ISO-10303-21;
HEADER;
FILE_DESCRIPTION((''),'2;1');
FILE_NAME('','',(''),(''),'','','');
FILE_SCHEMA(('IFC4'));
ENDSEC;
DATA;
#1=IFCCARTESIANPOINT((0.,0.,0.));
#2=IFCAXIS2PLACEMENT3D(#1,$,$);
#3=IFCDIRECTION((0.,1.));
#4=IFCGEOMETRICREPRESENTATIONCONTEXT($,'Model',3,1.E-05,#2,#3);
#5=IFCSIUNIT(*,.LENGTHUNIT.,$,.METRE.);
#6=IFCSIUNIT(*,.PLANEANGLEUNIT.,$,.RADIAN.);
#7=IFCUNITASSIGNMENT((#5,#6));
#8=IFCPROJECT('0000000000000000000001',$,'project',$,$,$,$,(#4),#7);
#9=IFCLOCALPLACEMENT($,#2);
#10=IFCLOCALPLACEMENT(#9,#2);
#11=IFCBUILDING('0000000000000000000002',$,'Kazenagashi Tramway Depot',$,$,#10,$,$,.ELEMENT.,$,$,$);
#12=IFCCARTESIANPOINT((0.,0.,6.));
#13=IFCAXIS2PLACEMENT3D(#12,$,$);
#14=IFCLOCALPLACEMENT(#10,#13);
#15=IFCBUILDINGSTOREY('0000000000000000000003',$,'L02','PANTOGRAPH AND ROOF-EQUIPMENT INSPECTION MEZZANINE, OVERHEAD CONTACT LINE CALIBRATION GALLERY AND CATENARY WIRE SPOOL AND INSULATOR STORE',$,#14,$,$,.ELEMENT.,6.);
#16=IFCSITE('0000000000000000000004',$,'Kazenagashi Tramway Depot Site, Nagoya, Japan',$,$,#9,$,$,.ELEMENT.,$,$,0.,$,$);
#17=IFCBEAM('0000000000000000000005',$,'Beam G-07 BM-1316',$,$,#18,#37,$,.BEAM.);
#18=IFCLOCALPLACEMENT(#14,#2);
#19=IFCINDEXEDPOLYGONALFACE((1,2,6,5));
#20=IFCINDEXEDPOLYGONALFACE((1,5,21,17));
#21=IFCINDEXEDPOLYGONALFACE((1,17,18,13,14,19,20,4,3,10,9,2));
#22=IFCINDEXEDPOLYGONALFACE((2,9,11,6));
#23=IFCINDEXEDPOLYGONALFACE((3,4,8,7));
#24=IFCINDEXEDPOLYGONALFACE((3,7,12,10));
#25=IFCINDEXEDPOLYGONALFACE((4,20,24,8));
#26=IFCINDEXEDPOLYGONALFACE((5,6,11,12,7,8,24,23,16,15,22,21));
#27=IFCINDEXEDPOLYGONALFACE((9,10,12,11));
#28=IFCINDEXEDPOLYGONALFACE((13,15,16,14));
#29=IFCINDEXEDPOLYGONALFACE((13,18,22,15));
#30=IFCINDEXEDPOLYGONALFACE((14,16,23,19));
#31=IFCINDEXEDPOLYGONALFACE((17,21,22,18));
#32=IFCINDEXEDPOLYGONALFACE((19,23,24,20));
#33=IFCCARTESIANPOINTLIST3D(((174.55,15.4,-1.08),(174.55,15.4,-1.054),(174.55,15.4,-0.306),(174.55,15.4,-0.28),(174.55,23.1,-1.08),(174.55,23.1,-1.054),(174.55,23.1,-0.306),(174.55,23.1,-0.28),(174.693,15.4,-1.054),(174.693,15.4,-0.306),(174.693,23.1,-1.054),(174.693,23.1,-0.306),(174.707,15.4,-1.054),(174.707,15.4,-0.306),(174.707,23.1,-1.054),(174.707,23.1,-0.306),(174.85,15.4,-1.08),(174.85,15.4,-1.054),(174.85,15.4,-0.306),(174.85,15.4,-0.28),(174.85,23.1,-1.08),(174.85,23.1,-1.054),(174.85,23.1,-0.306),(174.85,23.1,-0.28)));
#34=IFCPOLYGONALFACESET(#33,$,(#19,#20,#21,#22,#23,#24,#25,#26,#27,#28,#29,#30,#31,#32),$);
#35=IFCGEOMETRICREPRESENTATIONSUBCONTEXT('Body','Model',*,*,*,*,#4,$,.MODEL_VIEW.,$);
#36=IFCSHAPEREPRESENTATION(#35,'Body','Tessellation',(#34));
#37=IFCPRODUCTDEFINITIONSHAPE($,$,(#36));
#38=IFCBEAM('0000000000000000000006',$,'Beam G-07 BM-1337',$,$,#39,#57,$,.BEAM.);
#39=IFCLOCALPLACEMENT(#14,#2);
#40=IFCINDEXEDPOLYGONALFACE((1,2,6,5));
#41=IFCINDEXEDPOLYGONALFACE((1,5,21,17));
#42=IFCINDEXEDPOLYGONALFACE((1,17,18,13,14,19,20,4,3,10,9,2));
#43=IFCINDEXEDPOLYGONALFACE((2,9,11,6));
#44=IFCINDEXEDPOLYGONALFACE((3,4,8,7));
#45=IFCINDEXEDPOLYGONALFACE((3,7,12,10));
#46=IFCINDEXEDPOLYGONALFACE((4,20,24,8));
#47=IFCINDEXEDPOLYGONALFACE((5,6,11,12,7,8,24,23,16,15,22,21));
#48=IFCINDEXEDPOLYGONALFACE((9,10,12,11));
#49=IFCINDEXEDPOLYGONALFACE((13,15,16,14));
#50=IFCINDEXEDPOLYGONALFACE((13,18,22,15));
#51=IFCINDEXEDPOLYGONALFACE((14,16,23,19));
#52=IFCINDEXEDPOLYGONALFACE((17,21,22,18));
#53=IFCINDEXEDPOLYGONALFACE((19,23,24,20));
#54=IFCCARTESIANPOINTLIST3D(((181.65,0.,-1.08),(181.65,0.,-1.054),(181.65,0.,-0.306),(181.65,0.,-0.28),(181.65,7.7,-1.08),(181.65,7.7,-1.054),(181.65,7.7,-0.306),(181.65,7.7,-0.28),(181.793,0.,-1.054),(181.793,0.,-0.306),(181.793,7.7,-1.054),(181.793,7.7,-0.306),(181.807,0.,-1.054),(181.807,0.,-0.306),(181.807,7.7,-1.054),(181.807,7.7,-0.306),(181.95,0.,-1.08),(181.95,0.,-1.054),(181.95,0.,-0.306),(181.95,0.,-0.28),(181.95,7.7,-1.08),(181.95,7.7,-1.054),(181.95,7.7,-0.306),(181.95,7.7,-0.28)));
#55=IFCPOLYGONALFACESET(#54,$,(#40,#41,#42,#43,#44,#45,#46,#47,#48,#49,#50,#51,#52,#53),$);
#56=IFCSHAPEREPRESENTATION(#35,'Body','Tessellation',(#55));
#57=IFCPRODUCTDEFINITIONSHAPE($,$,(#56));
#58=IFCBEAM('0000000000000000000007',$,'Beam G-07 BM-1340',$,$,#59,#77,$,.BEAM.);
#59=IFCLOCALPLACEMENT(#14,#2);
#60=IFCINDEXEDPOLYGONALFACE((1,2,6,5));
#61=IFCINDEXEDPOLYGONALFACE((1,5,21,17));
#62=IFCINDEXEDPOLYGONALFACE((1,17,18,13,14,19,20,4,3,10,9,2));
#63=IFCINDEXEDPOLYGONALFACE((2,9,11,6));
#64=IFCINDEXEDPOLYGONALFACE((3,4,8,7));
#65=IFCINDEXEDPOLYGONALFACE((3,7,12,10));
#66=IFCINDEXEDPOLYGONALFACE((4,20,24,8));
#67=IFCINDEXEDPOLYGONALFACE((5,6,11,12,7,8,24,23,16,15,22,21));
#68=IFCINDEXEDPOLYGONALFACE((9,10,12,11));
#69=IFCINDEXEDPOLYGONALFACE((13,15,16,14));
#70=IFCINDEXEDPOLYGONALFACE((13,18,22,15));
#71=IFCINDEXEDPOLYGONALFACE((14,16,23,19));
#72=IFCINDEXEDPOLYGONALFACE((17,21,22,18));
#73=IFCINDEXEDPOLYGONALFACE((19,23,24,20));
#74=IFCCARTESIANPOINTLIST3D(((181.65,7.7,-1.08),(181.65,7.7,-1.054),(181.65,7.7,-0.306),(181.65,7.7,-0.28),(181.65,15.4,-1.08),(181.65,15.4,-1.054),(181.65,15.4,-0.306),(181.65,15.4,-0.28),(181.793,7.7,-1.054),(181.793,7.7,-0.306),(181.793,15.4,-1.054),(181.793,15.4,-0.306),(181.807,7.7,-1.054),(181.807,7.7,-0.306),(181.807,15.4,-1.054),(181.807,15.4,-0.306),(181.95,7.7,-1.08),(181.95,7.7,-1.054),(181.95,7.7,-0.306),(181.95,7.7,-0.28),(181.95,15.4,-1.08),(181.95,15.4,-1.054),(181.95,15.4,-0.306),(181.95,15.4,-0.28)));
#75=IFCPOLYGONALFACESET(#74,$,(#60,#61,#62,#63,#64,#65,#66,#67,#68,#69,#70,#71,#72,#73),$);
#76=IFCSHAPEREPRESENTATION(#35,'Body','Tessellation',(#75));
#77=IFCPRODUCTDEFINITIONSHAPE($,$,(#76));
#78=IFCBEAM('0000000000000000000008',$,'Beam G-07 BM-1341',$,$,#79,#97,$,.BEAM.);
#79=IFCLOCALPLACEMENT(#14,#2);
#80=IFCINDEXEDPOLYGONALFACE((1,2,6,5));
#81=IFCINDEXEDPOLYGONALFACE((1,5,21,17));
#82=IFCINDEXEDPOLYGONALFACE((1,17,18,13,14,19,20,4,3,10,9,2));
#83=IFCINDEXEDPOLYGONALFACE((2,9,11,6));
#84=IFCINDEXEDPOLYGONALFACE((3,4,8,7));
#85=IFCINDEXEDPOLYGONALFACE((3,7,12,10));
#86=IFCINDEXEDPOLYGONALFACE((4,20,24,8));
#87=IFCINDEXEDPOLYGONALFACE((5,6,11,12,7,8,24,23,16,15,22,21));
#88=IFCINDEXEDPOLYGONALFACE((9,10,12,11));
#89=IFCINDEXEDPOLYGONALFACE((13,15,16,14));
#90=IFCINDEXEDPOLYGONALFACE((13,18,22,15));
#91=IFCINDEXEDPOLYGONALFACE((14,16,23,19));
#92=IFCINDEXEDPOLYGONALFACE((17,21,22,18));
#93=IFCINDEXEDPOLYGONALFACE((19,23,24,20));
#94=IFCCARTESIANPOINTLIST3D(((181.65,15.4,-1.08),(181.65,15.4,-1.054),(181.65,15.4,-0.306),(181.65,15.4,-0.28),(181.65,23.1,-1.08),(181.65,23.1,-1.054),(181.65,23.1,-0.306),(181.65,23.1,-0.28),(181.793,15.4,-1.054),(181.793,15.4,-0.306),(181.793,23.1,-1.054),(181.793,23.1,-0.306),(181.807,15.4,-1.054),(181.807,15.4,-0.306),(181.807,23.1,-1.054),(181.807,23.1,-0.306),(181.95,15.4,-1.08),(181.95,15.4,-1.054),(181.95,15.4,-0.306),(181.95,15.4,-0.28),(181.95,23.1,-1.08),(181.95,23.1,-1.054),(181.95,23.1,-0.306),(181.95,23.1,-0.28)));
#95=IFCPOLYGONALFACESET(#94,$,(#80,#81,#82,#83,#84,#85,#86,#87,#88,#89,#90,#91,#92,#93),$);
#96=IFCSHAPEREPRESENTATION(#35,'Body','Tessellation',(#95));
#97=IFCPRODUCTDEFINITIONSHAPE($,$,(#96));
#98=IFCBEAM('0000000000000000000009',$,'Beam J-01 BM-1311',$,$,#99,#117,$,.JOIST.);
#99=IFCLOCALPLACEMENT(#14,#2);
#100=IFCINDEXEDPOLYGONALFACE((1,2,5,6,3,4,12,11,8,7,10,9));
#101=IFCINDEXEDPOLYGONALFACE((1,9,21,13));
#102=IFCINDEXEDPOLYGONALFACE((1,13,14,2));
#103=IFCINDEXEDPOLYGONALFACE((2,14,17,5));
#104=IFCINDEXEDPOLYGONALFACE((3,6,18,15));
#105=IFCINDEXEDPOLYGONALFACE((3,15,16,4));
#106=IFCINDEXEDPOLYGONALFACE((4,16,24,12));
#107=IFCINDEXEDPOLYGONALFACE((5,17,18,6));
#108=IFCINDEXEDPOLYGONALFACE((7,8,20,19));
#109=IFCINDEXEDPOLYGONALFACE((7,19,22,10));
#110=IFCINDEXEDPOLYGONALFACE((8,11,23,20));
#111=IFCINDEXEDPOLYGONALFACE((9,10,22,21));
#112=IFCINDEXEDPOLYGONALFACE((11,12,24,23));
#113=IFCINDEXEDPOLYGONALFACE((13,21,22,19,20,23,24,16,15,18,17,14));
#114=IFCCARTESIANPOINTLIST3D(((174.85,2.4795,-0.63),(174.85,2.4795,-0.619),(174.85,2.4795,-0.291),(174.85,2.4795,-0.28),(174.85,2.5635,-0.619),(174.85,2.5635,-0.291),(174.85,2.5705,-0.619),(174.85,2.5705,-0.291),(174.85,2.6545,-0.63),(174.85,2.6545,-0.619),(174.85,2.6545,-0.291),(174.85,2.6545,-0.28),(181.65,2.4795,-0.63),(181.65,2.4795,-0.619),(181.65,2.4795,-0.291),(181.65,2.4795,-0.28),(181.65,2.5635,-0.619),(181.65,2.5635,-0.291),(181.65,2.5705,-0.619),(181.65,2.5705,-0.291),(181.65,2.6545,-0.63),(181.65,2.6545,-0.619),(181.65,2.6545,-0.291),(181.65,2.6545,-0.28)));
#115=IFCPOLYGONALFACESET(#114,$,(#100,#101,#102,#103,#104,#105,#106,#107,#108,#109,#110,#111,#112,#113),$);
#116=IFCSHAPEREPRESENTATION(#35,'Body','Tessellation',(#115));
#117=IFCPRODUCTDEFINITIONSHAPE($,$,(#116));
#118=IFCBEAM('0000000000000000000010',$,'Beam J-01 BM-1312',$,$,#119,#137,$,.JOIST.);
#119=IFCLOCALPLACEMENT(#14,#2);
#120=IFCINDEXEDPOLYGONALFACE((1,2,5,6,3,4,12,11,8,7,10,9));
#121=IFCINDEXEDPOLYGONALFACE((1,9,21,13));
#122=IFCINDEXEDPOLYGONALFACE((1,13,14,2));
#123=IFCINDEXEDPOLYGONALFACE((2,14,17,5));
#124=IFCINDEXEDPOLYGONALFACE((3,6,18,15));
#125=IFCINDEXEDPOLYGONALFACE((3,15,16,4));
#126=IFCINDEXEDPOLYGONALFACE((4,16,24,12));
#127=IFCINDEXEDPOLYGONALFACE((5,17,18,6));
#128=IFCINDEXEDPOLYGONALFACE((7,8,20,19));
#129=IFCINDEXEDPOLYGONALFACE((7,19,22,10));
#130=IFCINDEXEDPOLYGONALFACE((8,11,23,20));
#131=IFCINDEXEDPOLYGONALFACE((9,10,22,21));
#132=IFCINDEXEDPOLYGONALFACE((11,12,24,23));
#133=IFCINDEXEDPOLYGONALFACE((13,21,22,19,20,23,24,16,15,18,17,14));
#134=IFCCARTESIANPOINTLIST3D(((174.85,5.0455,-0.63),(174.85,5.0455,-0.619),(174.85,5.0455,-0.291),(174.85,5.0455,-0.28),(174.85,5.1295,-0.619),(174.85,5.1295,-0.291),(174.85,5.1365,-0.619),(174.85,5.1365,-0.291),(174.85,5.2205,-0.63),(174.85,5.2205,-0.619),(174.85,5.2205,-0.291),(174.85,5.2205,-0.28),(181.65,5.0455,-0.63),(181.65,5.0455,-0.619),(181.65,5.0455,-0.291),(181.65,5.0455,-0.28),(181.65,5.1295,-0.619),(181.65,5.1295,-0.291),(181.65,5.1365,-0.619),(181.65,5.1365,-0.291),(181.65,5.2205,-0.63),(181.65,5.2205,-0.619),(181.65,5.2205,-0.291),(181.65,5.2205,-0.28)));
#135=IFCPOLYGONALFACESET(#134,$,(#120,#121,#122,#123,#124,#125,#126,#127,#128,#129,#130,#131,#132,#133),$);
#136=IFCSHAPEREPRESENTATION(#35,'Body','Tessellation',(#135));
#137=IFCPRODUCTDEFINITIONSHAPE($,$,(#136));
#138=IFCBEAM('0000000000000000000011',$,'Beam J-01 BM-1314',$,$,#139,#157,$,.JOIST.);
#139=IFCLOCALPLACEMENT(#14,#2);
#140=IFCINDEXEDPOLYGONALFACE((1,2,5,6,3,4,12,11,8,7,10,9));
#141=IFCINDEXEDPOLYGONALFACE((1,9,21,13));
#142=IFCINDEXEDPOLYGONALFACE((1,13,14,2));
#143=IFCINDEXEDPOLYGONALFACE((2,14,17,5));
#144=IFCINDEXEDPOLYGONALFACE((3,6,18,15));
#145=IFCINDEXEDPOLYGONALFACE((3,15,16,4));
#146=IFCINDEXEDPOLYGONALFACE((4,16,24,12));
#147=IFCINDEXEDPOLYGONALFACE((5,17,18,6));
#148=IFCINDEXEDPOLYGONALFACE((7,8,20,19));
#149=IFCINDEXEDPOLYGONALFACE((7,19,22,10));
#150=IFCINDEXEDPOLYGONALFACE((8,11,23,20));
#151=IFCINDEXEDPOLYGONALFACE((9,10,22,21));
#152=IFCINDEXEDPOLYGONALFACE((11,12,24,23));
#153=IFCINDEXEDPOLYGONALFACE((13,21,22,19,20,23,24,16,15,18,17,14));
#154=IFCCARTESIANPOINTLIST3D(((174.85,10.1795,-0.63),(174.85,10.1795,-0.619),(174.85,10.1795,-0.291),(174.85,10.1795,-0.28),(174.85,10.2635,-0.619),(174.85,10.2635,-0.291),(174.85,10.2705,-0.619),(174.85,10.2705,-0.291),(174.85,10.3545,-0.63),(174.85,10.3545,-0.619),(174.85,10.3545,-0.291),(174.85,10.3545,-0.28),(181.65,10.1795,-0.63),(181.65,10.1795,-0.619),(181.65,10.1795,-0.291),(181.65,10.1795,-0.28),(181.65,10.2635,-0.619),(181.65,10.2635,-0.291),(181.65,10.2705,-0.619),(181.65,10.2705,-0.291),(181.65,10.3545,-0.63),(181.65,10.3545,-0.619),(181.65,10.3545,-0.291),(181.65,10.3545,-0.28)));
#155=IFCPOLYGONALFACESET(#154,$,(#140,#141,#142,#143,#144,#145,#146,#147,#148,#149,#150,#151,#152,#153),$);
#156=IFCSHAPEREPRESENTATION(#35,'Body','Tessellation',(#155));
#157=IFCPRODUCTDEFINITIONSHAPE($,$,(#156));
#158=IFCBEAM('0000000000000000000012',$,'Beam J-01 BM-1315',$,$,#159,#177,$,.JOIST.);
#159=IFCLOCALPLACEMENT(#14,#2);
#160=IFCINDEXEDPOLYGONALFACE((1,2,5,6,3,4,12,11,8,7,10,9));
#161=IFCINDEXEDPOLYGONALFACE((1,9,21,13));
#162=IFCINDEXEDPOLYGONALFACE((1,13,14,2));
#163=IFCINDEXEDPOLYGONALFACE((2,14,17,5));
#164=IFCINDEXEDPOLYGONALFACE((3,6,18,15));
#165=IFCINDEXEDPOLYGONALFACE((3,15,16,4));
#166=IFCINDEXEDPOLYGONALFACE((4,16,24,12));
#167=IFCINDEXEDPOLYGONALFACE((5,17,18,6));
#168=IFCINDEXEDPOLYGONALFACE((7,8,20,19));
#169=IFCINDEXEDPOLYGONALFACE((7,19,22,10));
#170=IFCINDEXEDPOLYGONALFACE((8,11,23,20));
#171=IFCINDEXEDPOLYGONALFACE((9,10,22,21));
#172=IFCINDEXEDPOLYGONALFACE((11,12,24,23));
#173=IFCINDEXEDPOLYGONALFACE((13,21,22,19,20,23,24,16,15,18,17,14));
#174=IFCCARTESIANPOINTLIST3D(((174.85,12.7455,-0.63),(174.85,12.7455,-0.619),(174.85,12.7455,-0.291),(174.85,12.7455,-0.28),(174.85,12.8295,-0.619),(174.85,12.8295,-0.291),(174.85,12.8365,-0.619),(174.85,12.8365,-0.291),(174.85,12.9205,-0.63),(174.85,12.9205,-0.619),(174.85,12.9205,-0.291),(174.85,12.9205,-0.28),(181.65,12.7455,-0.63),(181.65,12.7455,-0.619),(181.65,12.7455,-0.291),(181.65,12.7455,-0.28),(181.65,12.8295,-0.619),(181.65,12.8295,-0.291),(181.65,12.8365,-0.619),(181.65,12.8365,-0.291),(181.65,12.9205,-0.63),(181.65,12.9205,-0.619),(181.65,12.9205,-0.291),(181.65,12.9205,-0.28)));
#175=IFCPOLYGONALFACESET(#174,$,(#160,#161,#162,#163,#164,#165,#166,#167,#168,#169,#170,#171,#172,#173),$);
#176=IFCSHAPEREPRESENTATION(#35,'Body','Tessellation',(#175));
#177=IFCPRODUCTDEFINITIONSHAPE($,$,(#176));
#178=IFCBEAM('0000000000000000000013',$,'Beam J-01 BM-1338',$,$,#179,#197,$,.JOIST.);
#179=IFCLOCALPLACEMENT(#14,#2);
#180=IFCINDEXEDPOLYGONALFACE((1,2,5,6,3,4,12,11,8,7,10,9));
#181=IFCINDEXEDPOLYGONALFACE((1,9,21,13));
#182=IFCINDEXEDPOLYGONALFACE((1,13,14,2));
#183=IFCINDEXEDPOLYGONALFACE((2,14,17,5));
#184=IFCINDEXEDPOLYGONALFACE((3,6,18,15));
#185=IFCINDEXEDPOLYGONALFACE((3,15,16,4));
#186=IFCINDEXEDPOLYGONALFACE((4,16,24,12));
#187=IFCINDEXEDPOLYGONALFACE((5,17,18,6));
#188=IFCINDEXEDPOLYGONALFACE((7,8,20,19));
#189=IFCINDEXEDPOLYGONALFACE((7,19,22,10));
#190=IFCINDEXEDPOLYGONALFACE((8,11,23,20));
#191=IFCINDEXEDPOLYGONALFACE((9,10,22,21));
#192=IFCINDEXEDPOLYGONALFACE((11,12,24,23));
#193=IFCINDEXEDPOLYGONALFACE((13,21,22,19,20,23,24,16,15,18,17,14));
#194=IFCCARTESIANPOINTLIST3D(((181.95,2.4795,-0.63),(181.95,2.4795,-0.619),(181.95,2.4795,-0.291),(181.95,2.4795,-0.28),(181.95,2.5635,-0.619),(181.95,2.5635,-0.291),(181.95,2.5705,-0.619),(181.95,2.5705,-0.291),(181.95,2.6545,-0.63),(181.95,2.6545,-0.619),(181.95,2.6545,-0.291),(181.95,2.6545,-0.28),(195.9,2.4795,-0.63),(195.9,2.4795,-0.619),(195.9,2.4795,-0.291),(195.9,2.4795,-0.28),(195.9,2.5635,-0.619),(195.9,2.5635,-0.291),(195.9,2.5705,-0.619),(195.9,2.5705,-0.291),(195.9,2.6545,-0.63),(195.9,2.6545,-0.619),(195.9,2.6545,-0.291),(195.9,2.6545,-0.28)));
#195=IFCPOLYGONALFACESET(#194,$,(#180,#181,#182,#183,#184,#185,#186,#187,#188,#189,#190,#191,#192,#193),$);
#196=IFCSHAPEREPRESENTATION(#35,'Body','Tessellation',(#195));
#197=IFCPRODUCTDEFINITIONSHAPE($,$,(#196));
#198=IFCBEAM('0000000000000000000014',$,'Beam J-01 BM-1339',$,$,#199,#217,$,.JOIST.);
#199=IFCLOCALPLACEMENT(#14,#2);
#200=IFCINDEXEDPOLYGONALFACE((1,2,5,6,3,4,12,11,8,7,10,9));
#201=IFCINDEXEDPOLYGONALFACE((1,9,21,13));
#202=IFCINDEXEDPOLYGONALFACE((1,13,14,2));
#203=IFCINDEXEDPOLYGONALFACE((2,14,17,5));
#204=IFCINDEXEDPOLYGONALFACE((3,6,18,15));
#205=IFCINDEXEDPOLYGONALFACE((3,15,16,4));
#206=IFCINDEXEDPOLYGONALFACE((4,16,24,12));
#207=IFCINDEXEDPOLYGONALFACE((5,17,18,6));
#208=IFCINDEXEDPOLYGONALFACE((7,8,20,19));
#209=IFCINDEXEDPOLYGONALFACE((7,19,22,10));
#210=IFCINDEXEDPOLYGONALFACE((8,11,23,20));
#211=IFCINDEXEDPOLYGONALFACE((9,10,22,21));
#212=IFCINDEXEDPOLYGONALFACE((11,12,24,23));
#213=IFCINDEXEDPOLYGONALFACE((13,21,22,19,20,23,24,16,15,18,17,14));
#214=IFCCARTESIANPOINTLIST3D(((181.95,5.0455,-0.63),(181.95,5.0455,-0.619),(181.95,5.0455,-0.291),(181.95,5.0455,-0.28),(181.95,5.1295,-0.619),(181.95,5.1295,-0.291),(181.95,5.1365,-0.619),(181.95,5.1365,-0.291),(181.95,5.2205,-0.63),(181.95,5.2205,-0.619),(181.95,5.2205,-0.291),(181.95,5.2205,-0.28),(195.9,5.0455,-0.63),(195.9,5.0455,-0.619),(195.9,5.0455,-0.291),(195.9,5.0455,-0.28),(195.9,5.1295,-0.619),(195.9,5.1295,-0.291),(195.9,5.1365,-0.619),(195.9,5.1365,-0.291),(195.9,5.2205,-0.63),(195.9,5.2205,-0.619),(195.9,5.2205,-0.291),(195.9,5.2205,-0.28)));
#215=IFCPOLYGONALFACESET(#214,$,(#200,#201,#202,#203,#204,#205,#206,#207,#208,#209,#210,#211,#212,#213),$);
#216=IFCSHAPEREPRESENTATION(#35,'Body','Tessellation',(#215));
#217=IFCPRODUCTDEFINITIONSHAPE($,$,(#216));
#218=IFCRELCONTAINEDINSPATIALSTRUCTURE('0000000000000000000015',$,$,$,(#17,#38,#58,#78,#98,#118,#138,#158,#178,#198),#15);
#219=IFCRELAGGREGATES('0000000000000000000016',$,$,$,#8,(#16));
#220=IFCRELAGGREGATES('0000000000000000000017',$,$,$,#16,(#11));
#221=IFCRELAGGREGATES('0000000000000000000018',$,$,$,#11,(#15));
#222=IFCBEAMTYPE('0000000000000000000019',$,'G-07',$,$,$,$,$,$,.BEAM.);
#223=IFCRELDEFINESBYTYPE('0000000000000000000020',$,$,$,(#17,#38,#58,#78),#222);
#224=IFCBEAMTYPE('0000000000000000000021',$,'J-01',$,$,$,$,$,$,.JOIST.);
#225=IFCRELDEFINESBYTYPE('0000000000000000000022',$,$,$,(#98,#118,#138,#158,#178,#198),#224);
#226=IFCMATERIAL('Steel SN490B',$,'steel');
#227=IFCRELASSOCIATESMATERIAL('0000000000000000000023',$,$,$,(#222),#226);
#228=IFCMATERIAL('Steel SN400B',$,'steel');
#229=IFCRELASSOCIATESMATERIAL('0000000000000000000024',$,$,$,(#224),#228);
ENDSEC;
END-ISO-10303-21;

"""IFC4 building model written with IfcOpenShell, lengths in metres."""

from ifc_helpers import new_model, si_unit, direction, frame, origin, origin_2d, place, context, subcontext, project, spatial, i_section, extrude, material, material_profile, profile_set, type_object, element, save


model = new_model("IFC4")

# Units and contexts
model_context = context("Model", 3, precision=1e-05, world=origin(), true_north=direction((0.0, 1.0)))
body_context = subcontext(model_context, "Body", "Model", "MODEL_VIEW")
ifc_project = project(units=[si_unit("LENGTHUNIT", "METRE"), si_unit("PLANEANGLEUNIT", "RADIAN")], contexts=[model_context])

# Site, building, storey
site_placement = place(None, origin())
site = spatial("IfcSite", under=ifc_project, at=site_placement, Name="Kazenagashi Tramway Depot Site, Nagoya, Japan", CompositionType="ELEMENT", RefElevation=0.0)
building_placement = place(site_placement, origin())
building = spatial("IfcBuilding", under=site, at=building_placement, Name="Kazenagashi Tramway Depot", CompositionType="ELEMENT")
storey_placement = place(building_placement, frame((0.0, 0.0, 6.0)))
storey = spatial("IfcBuildingStorey", under=building, at=storey_placement, Name="L02", Description="PANTOGRAPH AND ROOF-EQUIPMENT INSPECTION MEZZANINE, OVERHEAD CONTACT LINE CALIBRATION GALLERY AND CATENARY WIRE SPOOL AND INSULATOR STORE", CompositionType="ELEMENT", Elevation=6.0)

# Shared definitions
ifc_material_1 = material(Name="Steel SN490B", Category="steel")

# Beams
ifc_material_profile_1 = material_profile(ifc_material_1, i_section(OverallWidth=0.3, OverallDepth=0.8, WebThickness=0.014, FlangeThickness=0.026, at=origin_2d()), Name="H-800x300x14x26")
ifc_profile_set_1 = profile_set([ifc_material_profile_1], Name="Steel SN490B")
beam_type_1 = type_object("IfcBeamType", Name="G-07", PredefinedType="BEAM", material=ifc_profile_set_1)
for number, where, z_axis, x_axis, name in (
    (1, (174.7, 15.4, -0.68), (0.0, 1.0, 0.0), (-1.0, 0.0, 0.0), "Beam G-07 BM-1316"),
    (2, (181.8, 0.0, -0.68), (0.0, 1.0, 0.0), (-1.0, 0.0, 0.0), "Beam G-07 BM-1337"),
    (3, (181.8, 7.7, -0.68), (0.0, 1.0, 0.0), (-1.0, 0.0, 0.0), "Beam G-07 BM-1340"),
    (4, (181.8, 15.4, -0.68), (0.0, 1.0, 0.0), (-1.0, 0.0, 0.0), "Beam G-07 BM-1341"),
):
    element("IfcBeam", number, at=place(storey_placement, frame(where, z_axis=z_axis, x_axis=x_axis)), inside=storey, type_object=beam_type_1, Name=name, PredefinedType="BEAM", context=body_context, shape_type="SweptSolid", body=[
        extrude(i_section(OverallWidth=0.3, OverallDepth=0.8, WebThickness=0.014, FlangeThickness=0.026, at=origin_2d()), origin(), (0.0, 0.0, 1.0), 7.7),
    ])
ifc_material_2 = material(Name="Steel SN400B", Category="steel")
ifc_material_profile_2 = material_profile(ifc_material_2, i_section(OverallWidth=0.175, OverallDepth=0.35, WebThickness=0.007, FlangeThickness=0.011, at=origin_2d()), Name="H-350x175x7x11")
ifc_profile_set_2 = profile_set([ifc_material_profile_2], Name="Steel SN400B")
beam_type_2 = type_object("IfcBeamType", Name="J-01", PredefinedType="JOIST", material=ifc_profile_set_2)
for number, where, z_axis, x_axis, name in (
    (5, (174.85, 2.567, -0.455), (1.0, 0.0, 0.0), (0.0, 1.0, 0.0), "Beam J-01 BM-1311"),
    (6, (174.85, 5.133, -0.455), (1.0, 0.0, 0.0), (0.0, 1.0, 0.0), "Beam J-01 BM-1312"),
    (7, (174.85, 10.267, -0.455), (1.0, 0.0, 0.0), (0.0, 1.0, 0.0), "Beam J-01 BM-1314"),
    (8, (174.85, 12.833, -0.455), (1.0, 0.0, 0.0), (0.0, 1.0, 0.0), "Beam J-01 BM-1315"),
):
    element("IfcBeam", number, at=place(storey_placement, frame(where, z_axis=z_axis, x_axis=x_axis)), inside=storey, type_object=beam_type_2, Name=name, PredefinedType="JOIST", context=body_context, shape_type="SweptSolid", body=[
        extrude(i_section(OverallWidth=0.175, OverallDepth=0.35, WebThickness=0.007, FlangeThickness=0.011, at=origin_2d()), origin(), (0.0, 0.0, 1.0), 6.8),
    ])
for number, where, z_axis, x_axis, name in (
    (9, (181.95, 2.567, -0.455), (1.0, 0.0, 0.0), (0.0, 1.0, 0.0), "Beam J-01 BM-1338"),
    (10, (181.95, 5.133, -0.455), (1.0, 0.0, 0.0), (0.0, 1.0, 0.0), "Beam J-01 BM-1339"),
):
    element("IfcBeam", number, at=place(storey_placement, frame(where, z_axis=z_axis, x_axis=x_axis)), inside=storey, type_object=beam_type_2, Name=name, PredefinedType="JOIST", context=body_context, shape_type="SweptSolid", body=[
        extrude(i_section(OverallWidth=0.175, OverallDepth=0.35, WebThickness=0.007, FlangeThickness=0.011, at=origin_2d()), origin(), (0.0, 0.0, 1.0), 13.95),
    ])

save(model, "model.ifc")
